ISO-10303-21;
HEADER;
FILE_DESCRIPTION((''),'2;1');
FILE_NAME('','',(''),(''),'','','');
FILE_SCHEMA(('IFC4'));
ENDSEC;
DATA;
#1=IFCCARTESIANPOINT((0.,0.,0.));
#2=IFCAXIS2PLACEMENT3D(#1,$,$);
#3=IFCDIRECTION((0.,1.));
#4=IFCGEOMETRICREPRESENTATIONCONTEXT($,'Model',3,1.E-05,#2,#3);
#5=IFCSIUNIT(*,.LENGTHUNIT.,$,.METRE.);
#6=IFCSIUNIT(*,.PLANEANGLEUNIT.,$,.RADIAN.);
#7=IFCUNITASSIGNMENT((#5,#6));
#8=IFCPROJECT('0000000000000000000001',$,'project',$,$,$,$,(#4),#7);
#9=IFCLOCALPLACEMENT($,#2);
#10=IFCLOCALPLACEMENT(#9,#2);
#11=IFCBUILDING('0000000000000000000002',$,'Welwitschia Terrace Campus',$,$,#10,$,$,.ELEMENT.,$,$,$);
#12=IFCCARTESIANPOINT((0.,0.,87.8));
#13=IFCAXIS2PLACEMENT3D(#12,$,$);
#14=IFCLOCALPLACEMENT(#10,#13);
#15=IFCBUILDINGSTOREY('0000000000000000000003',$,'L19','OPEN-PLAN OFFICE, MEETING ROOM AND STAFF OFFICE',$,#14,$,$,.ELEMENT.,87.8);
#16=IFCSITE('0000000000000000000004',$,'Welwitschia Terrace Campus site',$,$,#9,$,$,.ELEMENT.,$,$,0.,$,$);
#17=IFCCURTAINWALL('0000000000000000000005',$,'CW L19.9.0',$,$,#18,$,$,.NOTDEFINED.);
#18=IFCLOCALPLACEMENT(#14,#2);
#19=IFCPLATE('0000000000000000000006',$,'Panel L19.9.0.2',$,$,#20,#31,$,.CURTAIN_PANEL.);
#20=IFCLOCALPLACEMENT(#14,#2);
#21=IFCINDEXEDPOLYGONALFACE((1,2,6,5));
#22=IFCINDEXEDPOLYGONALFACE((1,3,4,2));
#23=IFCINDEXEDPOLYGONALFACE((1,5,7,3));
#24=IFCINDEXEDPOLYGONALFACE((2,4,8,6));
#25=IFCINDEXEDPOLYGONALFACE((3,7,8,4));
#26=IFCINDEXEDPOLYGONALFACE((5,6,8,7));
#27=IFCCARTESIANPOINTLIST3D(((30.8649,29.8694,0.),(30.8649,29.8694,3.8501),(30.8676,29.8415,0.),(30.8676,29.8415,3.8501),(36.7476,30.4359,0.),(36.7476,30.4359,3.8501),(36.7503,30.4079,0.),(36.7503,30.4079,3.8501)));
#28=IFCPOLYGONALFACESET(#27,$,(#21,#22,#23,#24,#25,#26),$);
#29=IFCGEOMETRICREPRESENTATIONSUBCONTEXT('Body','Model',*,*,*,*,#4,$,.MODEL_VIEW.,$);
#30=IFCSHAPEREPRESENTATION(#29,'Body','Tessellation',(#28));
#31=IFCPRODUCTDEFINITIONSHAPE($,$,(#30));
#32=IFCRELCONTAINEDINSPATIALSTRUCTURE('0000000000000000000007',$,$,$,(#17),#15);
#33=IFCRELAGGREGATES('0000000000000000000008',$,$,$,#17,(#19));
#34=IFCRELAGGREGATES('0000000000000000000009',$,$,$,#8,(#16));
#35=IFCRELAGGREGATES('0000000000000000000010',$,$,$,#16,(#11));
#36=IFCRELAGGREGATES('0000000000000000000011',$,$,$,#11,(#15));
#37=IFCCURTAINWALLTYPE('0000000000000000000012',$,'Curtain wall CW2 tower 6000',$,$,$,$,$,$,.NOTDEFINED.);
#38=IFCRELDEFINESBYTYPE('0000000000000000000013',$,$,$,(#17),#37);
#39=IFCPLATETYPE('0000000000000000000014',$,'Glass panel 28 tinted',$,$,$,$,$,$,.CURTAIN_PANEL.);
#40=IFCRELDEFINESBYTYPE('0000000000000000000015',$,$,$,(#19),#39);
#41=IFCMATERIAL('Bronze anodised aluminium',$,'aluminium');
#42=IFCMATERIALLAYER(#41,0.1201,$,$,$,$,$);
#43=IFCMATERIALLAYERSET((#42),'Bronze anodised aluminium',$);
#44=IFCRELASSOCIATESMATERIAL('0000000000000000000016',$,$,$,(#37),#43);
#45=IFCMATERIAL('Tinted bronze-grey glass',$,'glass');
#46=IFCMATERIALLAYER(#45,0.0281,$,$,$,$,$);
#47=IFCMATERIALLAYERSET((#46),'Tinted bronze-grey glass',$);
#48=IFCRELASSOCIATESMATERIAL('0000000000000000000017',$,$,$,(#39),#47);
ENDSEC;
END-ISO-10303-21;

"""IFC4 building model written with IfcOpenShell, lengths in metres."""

from ifc_helpers import new_model, si_unit, direction, frame, origin, origin_2d, place, context, subcontext, project, spatial, rectangle, extrude, material, layer, layer_set, type_object, element, aggregate, save


model = new_model("IFC4")

# Units and contexts
model_context = context("Model", 3, precision=1e-05, world=origin(), true_north=direction((0.0, 1.0)))
body_context = subcontext(model_context, "Body", "Model", "MODEL_VIEW")
ifc_project = project(units=[si_unit("LENGTHUNIT", "METRE"), si_unit("PLANEANGLEUNIT", "RADIAN")], contexts=[model_context])

# Site, building, storey
site_placement = place(None, origin())
site = spatial("IfcSite", under=ifc_project, at=site_placement, Name="Welwitschia Terrace Campus site", CompositionType="ELEMENT", RefElevation=0.0)
building_placement = place(site_placement, origin())
building = spatial("IfcBuilding", under=site, at=building_placement, Name="Welwitschia Terrace Campus", CompositionType="ELEMENT")
storey_placement = place(building_placement, frame((0.0, 0.0, 87.8)))
storey = spatial("IfcBuildingStorey", under=building, at=storey_placement, Name="L19", Description="OPEN-PLAN OFFICE, MEETING ROOM AND STAFF OFFICE", CompositionType="ELEMENT", Elevation=87.8)

# Curtain wall
ifc_material_1 = material(Name="Bronze anodised aluminium", Category="aluminium")
ifc_layer_1 = layer(ifc_material_1, 0.1201)
ifc_layer_set_1 = layer_set([ifc_layer_1], Name="Bronze anodised aluminium")
curtain_wall_type = type_object("IfcCurtainWallType", Name="Curtain wall CW2 tower 6000", PredefinedType="NOTDEFINED", material=ifc_layer_set_1)
curtain_wall_1_placement = place(storey_placement, origin())
curtain_wall_1 = element("IfcCurtainWall", 1, at=curtain_wall_1_placement, inside=storey, type_object=curtain_wall_type, Name="CW L19.9.0", PredefinedType="NOTDEFINED")

# Plate
ifc_material_2 = material(Name="Tinted bronze-grey glass", Category="glass")
ifc_layer_2 = layer(ifc_material_2, 0.0281)
ifc_layer_set_2 = layer_set([ifc_layer_2], Name="Tinted bronze-grey glass")
plate_type = type_object("IfcPlateType", Name="Glass panel 28 tinted", PredefinedType="CURTAIN_PANEL", material=ifc_layer_set_2)
plate_1_placement = place(storey_placement, frame((33.8076, 30.1387, 0.0), z_axis=(0.0, 0.0, 1.0), x_axis=(-0.995396, -0.095846, 0.0)))
plate_1 = element("IfcPlate", 2, at=plate_1_placement, type_object=plate_type, Name="Panel L19.9.0.2", PredefinedType="CURTAIN_PANEL", context=body_context, shape_type="SweptSolid", body=[
    extrude(rectangle(XDim=5.9099, YDim=0.0281, at=origin_2d()), origin(), (0.0, 0.0, 1.0), 3.8501),
])
aggregate(curtain_wall_1, [plate_1])

save(model, "model.ifc")
